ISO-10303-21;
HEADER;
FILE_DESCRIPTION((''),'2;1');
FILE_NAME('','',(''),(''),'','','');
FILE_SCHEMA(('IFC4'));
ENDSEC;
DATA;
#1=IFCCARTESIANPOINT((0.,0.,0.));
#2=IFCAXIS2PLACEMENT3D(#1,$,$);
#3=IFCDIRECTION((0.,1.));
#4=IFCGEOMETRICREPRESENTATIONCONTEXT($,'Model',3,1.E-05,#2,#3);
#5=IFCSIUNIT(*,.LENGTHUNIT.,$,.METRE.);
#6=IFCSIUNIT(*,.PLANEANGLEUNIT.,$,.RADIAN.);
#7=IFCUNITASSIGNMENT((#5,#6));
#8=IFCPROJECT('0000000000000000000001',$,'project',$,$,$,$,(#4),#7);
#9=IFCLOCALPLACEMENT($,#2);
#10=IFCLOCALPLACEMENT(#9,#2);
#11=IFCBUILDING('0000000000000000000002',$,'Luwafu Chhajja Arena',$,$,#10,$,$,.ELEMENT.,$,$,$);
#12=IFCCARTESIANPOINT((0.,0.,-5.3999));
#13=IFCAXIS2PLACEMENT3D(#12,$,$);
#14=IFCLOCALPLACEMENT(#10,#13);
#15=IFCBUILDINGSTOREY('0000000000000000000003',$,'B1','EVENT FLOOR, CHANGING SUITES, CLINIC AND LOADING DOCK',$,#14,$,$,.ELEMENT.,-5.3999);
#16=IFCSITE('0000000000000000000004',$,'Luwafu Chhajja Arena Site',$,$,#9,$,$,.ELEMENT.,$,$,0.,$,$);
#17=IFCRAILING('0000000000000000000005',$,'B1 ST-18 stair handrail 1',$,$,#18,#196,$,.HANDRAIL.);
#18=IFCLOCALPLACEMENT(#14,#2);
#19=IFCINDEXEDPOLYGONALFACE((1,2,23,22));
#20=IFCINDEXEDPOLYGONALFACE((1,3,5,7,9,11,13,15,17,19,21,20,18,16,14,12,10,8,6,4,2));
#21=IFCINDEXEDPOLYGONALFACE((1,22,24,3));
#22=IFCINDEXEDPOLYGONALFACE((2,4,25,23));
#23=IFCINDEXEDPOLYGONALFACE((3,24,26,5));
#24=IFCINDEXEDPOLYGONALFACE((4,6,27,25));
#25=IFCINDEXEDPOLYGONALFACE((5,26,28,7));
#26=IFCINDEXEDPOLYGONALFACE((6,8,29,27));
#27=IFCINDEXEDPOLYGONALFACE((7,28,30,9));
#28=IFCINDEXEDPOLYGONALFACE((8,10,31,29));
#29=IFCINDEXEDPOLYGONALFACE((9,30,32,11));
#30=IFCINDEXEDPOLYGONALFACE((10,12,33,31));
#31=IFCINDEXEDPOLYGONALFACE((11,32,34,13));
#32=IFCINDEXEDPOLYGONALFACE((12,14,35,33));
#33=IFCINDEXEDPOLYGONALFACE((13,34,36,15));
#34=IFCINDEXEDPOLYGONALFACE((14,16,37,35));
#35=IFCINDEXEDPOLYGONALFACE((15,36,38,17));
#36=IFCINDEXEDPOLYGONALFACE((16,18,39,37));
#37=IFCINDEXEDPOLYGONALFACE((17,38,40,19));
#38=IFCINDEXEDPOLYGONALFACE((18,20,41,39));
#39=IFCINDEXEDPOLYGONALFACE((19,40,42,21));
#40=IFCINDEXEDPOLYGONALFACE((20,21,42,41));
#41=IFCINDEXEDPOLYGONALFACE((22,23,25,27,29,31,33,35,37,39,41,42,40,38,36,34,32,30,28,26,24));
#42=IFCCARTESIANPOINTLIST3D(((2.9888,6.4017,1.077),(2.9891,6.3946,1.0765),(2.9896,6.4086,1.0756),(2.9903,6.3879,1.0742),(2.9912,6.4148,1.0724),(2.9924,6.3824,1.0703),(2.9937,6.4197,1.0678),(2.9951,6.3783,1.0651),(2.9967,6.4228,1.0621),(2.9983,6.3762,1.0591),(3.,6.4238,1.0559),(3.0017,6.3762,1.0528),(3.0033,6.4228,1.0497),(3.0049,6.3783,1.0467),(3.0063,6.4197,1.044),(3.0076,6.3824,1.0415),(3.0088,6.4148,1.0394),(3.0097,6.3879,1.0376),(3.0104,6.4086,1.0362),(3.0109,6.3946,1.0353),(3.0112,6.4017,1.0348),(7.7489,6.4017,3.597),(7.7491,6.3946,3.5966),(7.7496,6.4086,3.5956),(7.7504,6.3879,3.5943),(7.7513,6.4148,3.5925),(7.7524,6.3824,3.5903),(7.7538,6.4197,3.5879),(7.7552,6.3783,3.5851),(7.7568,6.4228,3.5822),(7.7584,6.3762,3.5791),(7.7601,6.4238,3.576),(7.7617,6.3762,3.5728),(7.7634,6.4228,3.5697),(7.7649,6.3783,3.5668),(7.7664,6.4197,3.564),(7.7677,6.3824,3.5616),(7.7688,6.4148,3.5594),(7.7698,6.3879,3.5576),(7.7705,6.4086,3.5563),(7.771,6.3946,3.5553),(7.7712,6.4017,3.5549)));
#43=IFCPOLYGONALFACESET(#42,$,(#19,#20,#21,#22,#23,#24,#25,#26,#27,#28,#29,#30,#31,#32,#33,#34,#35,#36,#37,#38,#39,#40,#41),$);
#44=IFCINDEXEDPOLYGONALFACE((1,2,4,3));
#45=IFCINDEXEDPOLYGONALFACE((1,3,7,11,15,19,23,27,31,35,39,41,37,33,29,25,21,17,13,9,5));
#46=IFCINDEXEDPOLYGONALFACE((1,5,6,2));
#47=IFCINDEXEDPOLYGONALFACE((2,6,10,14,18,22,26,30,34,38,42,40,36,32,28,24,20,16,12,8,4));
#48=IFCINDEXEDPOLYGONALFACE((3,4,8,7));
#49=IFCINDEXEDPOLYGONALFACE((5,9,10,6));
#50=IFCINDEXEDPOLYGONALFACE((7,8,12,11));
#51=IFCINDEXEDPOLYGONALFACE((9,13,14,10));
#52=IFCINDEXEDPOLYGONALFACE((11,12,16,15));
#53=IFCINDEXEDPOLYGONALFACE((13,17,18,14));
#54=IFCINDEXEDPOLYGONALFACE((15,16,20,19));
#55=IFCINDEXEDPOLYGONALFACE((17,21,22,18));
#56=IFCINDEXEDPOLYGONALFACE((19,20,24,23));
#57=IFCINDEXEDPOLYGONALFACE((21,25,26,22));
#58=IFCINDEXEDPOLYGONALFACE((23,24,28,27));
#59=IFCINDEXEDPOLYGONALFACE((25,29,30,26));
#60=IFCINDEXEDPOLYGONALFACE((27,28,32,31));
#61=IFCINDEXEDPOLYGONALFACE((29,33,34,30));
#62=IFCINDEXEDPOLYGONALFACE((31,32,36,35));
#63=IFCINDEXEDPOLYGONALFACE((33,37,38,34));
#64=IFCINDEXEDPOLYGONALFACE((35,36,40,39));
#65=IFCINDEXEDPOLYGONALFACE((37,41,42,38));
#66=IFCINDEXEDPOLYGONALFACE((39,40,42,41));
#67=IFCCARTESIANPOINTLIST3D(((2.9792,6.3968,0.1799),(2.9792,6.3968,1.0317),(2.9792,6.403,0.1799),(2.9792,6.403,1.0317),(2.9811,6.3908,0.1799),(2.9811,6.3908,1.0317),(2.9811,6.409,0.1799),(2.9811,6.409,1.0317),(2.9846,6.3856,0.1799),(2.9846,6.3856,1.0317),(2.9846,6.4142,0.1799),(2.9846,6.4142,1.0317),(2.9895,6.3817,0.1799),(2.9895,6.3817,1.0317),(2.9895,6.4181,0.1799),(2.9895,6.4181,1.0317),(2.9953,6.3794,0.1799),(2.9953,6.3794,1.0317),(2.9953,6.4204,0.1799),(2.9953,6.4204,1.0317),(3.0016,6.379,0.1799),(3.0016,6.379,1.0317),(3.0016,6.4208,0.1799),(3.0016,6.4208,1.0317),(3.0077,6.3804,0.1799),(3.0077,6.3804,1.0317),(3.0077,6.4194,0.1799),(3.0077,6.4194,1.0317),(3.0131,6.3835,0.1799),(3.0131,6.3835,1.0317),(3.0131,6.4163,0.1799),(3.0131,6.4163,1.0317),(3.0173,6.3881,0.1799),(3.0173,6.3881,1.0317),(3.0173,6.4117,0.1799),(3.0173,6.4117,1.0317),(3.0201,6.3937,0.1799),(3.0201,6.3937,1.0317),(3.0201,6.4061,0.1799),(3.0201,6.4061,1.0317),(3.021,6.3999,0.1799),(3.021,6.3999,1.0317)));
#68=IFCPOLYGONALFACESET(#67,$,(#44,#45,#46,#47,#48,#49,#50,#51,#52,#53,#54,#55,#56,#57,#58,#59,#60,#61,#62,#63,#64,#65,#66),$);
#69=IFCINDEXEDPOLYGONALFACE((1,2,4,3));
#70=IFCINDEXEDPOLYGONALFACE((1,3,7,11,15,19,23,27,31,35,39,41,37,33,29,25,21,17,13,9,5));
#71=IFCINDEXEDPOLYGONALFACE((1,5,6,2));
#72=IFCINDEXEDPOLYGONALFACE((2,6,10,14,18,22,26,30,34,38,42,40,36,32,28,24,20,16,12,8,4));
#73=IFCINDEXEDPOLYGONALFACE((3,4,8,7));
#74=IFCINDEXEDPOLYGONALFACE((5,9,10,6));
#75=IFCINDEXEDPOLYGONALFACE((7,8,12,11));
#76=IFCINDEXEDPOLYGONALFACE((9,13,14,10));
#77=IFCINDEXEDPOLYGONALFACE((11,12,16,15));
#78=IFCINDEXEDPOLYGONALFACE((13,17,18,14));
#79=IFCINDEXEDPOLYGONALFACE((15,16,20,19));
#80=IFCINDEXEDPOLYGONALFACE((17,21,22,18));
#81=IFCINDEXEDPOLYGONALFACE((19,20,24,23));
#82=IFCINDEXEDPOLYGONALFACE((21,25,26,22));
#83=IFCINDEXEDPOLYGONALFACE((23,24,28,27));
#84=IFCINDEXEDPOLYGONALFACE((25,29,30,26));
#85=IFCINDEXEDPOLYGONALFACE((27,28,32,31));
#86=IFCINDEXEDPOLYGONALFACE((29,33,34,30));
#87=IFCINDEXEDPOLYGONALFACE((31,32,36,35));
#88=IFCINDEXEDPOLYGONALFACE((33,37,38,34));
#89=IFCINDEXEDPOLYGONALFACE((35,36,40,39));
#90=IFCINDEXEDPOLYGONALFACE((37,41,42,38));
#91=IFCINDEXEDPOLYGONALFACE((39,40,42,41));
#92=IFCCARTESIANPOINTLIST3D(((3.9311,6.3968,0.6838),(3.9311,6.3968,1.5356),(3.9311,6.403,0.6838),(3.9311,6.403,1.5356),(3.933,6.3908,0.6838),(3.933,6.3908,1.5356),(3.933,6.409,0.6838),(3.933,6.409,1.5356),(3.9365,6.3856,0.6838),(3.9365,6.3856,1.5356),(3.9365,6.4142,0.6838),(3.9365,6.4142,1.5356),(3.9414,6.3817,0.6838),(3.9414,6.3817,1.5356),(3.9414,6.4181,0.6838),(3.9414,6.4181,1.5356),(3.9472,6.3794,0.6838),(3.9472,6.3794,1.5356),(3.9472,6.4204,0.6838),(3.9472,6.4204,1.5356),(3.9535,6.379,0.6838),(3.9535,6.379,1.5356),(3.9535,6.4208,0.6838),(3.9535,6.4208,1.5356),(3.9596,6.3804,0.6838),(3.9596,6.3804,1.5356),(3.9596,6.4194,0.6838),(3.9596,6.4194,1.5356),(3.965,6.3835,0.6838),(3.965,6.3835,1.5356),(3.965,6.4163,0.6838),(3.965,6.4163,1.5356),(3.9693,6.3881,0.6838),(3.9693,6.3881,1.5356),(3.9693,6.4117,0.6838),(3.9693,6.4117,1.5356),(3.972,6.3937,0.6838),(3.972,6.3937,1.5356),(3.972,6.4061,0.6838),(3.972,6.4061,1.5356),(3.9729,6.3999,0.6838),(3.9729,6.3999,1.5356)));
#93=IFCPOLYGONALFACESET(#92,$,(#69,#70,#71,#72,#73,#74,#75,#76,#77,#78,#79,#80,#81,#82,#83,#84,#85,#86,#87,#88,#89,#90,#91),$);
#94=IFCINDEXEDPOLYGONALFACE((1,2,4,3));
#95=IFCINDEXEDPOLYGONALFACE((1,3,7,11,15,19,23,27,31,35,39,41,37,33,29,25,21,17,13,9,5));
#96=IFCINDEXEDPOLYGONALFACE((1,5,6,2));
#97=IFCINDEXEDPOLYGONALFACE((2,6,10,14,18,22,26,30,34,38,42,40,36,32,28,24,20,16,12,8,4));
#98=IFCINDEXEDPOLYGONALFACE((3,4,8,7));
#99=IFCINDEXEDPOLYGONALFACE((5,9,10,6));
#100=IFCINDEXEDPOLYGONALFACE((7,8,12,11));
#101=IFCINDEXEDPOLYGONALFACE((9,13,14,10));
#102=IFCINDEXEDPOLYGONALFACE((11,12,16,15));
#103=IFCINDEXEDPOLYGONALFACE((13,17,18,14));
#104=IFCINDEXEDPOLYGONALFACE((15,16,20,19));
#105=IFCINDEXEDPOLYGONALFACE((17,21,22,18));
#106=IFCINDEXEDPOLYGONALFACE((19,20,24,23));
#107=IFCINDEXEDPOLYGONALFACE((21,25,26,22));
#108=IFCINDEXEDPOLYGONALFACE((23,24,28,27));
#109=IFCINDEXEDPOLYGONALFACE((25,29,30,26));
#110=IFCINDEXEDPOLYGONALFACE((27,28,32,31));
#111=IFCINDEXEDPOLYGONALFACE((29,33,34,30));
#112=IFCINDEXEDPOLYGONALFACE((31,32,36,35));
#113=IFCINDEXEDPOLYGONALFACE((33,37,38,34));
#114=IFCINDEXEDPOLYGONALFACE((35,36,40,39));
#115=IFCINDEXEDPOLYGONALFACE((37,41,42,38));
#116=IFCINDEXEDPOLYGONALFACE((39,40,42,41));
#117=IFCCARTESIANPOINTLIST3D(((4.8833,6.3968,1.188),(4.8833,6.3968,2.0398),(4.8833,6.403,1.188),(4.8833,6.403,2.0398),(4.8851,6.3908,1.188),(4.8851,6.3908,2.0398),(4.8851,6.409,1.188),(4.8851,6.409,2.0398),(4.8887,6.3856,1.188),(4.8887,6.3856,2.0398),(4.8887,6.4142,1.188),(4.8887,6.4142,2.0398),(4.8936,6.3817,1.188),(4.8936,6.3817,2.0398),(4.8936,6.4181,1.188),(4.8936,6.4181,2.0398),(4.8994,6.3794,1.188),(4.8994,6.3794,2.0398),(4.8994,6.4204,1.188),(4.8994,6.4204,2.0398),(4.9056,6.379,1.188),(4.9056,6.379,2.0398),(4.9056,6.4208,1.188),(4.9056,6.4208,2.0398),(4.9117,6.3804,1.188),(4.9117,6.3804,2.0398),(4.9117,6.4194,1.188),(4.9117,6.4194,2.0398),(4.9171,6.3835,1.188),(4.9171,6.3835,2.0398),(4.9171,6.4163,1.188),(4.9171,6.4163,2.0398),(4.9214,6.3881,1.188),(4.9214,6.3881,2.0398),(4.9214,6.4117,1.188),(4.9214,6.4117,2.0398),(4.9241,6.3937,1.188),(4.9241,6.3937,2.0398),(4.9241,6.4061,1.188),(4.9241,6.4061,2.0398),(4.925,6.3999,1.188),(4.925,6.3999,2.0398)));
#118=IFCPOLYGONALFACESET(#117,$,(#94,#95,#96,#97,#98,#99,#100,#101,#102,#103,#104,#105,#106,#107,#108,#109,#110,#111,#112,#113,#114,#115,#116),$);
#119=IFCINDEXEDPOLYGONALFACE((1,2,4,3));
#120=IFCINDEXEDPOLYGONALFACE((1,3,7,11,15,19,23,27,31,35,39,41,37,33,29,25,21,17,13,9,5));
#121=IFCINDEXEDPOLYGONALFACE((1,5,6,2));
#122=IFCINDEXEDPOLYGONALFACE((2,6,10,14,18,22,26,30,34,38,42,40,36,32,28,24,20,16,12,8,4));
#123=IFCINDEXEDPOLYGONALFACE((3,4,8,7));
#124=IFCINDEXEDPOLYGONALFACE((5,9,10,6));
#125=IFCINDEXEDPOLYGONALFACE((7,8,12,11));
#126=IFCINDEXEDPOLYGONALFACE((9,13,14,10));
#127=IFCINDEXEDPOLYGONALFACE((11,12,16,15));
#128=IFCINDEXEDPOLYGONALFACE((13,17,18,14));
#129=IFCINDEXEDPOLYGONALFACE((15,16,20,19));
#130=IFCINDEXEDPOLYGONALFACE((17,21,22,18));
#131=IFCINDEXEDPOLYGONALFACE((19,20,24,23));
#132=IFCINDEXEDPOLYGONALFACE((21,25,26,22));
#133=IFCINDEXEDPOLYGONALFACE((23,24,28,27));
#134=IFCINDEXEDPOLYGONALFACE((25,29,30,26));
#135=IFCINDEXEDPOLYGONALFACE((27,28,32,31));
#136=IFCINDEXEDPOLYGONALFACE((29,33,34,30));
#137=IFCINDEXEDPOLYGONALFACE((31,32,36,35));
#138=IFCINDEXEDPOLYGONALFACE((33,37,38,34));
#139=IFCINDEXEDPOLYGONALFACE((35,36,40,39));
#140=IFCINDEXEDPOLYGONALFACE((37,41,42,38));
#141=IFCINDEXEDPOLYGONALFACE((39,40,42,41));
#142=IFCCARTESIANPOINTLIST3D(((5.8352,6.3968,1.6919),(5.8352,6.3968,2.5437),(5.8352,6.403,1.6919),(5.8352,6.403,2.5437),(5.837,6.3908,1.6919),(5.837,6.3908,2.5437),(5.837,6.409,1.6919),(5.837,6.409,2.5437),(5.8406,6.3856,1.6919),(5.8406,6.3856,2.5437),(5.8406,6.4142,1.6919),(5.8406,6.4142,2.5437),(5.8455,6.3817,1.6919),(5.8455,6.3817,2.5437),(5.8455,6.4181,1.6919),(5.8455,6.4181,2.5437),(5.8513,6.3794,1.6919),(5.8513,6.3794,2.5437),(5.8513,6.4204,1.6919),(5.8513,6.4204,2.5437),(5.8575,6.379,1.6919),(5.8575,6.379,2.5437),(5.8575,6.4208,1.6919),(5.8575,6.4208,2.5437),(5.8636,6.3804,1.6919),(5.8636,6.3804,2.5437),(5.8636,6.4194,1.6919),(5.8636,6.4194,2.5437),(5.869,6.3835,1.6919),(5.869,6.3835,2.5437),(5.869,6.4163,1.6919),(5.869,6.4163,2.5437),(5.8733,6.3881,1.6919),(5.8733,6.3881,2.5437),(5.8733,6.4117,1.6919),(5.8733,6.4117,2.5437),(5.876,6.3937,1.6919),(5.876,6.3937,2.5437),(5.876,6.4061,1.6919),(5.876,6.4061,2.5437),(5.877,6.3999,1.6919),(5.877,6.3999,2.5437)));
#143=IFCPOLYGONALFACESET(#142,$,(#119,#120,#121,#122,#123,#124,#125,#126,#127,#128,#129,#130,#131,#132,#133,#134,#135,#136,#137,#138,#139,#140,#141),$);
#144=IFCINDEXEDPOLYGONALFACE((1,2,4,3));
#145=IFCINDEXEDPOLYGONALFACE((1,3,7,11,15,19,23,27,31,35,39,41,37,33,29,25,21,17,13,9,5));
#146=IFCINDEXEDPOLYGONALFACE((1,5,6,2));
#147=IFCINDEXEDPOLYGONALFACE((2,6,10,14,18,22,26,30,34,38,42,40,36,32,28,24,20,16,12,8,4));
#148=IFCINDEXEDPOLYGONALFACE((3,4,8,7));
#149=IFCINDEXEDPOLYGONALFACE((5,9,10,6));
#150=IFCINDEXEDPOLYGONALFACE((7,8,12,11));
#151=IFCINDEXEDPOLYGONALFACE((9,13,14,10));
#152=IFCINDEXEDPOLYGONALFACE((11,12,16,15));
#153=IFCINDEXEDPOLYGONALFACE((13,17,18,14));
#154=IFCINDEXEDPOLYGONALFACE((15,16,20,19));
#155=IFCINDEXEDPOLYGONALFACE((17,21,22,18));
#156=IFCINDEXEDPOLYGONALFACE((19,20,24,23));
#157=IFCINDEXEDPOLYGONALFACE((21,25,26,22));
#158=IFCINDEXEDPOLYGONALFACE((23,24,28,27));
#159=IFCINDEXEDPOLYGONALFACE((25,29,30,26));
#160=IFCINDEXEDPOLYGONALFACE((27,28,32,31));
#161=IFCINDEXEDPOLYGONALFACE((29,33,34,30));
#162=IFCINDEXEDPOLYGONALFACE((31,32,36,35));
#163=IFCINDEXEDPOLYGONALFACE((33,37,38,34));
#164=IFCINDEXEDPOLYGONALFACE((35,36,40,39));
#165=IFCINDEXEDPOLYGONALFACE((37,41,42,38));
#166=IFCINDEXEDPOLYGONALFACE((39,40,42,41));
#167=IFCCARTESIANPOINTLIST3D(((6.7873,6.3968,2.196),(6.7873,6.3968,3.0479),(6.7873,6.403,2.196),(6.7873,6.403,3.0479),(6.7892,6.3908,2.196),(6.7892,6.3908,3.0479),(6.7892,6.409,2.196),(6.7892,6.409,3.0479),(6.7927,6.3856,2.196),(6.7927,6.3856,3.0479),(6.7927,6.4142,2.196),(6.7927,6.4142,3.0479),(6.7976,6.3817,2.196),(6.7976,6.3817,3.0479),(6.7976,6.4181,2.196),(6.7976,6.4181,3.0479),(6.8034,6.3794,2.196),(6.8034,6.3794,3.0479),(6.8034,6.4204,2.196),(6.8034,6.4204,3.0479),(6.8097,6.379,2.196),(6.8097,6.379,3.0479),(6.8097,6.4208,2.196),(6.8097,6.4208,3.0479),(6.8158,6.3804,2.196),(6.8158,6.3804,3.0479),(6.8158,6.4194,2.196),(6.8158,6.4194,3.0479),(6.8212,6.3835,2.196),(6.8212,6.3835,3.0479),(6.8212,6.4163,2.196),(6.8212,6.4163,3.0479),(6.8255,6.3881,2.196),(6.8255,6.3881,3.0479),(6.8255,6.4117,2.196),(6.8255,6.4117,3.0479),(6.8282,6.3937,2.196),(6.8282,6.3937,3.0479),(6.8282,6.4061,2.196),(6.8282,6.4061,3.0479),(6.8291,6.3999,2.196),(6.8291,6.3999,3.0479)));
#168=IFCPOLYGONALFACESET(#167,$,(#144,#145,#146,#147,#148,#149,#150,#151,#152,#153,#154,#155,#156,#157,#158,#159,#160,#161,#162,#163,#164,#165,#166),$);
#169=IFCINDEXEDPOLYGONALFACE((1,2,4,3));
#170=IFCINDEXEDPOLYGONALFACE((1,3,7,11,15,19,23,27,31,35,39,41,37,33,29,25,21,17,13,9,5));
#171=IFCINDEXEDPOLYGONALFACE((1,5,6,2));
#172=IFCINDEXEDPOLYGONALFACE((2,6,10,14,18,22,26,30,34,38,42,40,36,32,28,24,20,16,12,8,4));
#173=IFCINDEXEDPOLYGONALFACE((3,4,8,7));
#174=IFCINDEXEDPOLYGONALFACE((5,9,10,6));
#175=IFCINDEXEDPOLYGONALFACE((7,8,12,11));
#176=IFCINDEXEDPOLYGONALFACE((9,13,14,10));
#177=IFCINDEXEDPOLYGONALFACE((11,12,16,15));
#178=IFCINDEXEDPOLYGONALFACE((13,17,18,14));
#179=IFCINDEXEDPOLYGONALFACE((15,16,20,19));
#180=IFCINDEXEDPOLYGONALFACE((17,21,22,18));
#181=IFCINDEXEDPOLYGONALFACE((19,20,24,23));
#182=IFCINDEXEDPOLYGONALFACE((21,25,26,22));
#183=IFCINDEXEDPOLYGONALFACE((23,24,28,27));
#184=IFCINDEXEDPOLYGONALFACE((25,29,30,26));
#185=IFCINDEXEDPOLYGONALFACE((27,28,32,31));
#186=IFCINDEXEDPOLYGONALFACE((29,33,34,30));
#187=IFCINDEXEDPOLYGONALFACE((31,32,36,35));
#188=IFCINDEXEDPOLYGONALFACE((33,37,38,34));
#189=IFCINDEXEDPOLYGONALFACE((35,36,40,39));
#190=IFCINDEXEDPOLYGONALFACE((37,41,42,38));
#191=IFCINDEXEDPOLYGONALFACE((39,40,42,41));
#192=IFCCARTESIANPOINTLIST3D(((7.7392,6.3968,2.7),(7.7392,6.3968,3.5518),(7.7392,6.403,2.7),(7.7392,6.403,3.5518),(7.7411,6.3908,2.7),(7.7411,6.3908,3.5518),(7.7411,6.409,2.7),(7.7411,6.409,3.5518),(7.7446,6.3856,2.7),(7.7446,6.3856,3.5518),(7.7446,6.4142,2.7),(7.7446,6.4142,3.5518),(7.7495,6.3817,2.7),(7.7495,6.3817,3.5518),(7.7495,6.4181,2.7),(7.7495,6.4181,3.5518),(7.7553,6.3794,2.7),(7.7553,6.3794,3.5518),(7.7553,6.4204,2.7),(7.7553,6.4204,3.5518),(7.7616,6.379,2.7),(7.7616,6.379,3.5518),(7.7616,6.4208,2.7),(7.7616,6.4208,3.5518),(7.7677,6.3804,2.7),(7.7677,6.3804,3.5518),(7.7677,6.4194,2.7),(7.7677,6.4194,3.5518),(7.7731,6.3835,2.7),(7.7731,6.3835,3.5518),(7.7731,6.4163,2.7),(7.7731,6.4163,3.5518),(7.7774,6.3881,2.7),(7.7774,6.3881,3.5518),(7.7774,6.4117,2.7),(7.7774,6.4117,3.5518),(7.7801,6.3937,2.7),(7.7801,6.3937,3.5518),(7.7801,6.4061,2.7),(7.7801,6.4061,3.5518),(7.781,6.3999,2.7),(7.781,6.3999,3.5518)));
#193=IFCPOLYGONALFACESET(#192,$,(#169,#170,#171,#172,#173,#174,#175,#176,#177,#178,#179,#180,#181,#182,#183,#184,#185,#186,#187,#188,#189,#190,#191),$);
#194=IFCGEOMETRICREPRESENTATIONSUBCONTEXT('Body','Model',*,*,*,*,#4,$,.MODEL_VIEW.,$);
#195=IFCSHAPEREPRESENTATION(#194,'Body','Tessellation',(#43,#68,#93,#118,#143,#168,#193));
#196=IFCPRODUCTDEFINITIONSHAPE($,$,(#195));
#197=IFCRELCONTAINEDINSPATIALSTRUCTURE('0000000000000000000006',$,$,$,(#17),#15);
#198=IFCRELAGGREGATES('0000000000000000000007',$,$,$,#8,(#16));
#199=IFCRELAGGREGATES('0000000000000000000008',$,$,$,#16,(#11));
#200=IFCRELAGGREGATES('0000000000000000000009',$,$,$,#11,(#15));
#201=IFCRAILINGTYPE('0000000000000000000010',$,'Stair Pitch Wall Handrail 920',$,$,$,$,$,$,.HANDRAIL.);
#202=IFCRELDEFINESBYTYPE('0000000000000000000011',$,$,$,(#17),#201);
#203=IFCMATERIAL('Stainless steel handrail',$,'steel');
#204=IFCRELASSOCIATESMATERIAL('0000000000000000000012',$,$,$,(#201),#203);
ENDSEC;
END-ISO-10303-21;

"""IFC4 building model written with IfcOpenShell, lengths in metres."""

from ifc_helpers import new_model, si_unit, direction, frame, origin, origin_2d, place, context, subcontext, project, spatial, circle, extrude, material, type_object, element, save


model = new_model("IFC4")

# Units and contexts
model_context = context("Model", 3, precision=1e-05, world=origin(), true_north=direction((0.0, 1.0)))
body_context = subcontext(model_context, "Body", "Model", "MODEL_VIEW")
ifc_project = project(units=[si_unit("LENGTHUNIT", "METRE"), si_unit("PLANEANGLEUNIT", "RADIAN")], contexts=[model_context])

# Site, building, storey
site_placement = place(None, origin())
site = spatial("IfcSite", under=ifc_project, at=site_placement, Name="Luwafu Chhajja Arena Site", CompositionType="ELEMENT", RefElevation=0.0)
building_placement = place(site_placement, origin())
building = spatial("IfcBuilding", under=site, at=building_placement, Name="Luwafu Chhajja Arena", CompositionType="ELEMENT")
storey_placement = place(building_placement, frame((0.0, 0.0, -5.3999)))
storey = spatial("IfcBuildingStorey", under=building, at=storey_placement, Name="B1", Description="EVENT FLOOR, CHANGING SUITES, CLINIC AND LOADING DOCK", CompositionType="ELEMENT", Elevation=-5.3999)

# Railing
ifc_material_1 = material(Name="Stainless steel handrail", Category="steel")
railing_type_1 = type_object("IfcRailingType", Name="Stair Pitch Wall Handrail 920", PredefinedType="HANDRAIL", material=ifc_material_1)
railing_1_placement = place(storey_placement, frame((3.0, 6.3999, 0.1799)))
element("IfcRailing", 1, at=railing_1_placement, inside=storey, type_object=railing_type_1, Name="B1 ST-18 stair handrail 1", PredefinedType="HANDRAIL", context=body_context, shape_type="SweptSolid", body=[
    extrude(circle(Radius=0.0239, at=origin_2d()), frame((0.0, 0.0, 0.876), z_axis=(0.883787, 0.0, 0.46789), x_axis=(0.0, 1.0, 0.0)), (0.0, 0.0, 1.0), 5.386),
    extrude(circle(Radius=0.021, at=origin_2d()), origin(), (0.0, 0.0, 1.0), 0.8518),
    extrude(circle(Radius=0.021, at=origin_2d()), frame((0.9519, 0.0, 0.5039)), (0.0, 0.0, 1.0), 0.8518),
    extrude(circle(Radius=0.021, at=origin_2d()), frame((1.9041, 0.0, 1.0081)), (0.0, 0.0, 1.0), 0.8518),
    extrude(circle(Radius=0.021, at=origin_2d()), frame((2.856, 0.0, 1.512)), (0.0, 0.0, 1.0), 0.8518),
    extrude(circle(Radius=0.021, at=origin_2d()), frame((3.8081, 0.0, 2.0161)), (0.0, 0.0, 1.0), 0.8518),
    extrude(circle(Radius=0.021, at=origin_2d()), frame((4.76, 0.0, 2.52)), (0.0, 0.0, 1.0), 0.8518),
])

save(model, "model.ifc")
